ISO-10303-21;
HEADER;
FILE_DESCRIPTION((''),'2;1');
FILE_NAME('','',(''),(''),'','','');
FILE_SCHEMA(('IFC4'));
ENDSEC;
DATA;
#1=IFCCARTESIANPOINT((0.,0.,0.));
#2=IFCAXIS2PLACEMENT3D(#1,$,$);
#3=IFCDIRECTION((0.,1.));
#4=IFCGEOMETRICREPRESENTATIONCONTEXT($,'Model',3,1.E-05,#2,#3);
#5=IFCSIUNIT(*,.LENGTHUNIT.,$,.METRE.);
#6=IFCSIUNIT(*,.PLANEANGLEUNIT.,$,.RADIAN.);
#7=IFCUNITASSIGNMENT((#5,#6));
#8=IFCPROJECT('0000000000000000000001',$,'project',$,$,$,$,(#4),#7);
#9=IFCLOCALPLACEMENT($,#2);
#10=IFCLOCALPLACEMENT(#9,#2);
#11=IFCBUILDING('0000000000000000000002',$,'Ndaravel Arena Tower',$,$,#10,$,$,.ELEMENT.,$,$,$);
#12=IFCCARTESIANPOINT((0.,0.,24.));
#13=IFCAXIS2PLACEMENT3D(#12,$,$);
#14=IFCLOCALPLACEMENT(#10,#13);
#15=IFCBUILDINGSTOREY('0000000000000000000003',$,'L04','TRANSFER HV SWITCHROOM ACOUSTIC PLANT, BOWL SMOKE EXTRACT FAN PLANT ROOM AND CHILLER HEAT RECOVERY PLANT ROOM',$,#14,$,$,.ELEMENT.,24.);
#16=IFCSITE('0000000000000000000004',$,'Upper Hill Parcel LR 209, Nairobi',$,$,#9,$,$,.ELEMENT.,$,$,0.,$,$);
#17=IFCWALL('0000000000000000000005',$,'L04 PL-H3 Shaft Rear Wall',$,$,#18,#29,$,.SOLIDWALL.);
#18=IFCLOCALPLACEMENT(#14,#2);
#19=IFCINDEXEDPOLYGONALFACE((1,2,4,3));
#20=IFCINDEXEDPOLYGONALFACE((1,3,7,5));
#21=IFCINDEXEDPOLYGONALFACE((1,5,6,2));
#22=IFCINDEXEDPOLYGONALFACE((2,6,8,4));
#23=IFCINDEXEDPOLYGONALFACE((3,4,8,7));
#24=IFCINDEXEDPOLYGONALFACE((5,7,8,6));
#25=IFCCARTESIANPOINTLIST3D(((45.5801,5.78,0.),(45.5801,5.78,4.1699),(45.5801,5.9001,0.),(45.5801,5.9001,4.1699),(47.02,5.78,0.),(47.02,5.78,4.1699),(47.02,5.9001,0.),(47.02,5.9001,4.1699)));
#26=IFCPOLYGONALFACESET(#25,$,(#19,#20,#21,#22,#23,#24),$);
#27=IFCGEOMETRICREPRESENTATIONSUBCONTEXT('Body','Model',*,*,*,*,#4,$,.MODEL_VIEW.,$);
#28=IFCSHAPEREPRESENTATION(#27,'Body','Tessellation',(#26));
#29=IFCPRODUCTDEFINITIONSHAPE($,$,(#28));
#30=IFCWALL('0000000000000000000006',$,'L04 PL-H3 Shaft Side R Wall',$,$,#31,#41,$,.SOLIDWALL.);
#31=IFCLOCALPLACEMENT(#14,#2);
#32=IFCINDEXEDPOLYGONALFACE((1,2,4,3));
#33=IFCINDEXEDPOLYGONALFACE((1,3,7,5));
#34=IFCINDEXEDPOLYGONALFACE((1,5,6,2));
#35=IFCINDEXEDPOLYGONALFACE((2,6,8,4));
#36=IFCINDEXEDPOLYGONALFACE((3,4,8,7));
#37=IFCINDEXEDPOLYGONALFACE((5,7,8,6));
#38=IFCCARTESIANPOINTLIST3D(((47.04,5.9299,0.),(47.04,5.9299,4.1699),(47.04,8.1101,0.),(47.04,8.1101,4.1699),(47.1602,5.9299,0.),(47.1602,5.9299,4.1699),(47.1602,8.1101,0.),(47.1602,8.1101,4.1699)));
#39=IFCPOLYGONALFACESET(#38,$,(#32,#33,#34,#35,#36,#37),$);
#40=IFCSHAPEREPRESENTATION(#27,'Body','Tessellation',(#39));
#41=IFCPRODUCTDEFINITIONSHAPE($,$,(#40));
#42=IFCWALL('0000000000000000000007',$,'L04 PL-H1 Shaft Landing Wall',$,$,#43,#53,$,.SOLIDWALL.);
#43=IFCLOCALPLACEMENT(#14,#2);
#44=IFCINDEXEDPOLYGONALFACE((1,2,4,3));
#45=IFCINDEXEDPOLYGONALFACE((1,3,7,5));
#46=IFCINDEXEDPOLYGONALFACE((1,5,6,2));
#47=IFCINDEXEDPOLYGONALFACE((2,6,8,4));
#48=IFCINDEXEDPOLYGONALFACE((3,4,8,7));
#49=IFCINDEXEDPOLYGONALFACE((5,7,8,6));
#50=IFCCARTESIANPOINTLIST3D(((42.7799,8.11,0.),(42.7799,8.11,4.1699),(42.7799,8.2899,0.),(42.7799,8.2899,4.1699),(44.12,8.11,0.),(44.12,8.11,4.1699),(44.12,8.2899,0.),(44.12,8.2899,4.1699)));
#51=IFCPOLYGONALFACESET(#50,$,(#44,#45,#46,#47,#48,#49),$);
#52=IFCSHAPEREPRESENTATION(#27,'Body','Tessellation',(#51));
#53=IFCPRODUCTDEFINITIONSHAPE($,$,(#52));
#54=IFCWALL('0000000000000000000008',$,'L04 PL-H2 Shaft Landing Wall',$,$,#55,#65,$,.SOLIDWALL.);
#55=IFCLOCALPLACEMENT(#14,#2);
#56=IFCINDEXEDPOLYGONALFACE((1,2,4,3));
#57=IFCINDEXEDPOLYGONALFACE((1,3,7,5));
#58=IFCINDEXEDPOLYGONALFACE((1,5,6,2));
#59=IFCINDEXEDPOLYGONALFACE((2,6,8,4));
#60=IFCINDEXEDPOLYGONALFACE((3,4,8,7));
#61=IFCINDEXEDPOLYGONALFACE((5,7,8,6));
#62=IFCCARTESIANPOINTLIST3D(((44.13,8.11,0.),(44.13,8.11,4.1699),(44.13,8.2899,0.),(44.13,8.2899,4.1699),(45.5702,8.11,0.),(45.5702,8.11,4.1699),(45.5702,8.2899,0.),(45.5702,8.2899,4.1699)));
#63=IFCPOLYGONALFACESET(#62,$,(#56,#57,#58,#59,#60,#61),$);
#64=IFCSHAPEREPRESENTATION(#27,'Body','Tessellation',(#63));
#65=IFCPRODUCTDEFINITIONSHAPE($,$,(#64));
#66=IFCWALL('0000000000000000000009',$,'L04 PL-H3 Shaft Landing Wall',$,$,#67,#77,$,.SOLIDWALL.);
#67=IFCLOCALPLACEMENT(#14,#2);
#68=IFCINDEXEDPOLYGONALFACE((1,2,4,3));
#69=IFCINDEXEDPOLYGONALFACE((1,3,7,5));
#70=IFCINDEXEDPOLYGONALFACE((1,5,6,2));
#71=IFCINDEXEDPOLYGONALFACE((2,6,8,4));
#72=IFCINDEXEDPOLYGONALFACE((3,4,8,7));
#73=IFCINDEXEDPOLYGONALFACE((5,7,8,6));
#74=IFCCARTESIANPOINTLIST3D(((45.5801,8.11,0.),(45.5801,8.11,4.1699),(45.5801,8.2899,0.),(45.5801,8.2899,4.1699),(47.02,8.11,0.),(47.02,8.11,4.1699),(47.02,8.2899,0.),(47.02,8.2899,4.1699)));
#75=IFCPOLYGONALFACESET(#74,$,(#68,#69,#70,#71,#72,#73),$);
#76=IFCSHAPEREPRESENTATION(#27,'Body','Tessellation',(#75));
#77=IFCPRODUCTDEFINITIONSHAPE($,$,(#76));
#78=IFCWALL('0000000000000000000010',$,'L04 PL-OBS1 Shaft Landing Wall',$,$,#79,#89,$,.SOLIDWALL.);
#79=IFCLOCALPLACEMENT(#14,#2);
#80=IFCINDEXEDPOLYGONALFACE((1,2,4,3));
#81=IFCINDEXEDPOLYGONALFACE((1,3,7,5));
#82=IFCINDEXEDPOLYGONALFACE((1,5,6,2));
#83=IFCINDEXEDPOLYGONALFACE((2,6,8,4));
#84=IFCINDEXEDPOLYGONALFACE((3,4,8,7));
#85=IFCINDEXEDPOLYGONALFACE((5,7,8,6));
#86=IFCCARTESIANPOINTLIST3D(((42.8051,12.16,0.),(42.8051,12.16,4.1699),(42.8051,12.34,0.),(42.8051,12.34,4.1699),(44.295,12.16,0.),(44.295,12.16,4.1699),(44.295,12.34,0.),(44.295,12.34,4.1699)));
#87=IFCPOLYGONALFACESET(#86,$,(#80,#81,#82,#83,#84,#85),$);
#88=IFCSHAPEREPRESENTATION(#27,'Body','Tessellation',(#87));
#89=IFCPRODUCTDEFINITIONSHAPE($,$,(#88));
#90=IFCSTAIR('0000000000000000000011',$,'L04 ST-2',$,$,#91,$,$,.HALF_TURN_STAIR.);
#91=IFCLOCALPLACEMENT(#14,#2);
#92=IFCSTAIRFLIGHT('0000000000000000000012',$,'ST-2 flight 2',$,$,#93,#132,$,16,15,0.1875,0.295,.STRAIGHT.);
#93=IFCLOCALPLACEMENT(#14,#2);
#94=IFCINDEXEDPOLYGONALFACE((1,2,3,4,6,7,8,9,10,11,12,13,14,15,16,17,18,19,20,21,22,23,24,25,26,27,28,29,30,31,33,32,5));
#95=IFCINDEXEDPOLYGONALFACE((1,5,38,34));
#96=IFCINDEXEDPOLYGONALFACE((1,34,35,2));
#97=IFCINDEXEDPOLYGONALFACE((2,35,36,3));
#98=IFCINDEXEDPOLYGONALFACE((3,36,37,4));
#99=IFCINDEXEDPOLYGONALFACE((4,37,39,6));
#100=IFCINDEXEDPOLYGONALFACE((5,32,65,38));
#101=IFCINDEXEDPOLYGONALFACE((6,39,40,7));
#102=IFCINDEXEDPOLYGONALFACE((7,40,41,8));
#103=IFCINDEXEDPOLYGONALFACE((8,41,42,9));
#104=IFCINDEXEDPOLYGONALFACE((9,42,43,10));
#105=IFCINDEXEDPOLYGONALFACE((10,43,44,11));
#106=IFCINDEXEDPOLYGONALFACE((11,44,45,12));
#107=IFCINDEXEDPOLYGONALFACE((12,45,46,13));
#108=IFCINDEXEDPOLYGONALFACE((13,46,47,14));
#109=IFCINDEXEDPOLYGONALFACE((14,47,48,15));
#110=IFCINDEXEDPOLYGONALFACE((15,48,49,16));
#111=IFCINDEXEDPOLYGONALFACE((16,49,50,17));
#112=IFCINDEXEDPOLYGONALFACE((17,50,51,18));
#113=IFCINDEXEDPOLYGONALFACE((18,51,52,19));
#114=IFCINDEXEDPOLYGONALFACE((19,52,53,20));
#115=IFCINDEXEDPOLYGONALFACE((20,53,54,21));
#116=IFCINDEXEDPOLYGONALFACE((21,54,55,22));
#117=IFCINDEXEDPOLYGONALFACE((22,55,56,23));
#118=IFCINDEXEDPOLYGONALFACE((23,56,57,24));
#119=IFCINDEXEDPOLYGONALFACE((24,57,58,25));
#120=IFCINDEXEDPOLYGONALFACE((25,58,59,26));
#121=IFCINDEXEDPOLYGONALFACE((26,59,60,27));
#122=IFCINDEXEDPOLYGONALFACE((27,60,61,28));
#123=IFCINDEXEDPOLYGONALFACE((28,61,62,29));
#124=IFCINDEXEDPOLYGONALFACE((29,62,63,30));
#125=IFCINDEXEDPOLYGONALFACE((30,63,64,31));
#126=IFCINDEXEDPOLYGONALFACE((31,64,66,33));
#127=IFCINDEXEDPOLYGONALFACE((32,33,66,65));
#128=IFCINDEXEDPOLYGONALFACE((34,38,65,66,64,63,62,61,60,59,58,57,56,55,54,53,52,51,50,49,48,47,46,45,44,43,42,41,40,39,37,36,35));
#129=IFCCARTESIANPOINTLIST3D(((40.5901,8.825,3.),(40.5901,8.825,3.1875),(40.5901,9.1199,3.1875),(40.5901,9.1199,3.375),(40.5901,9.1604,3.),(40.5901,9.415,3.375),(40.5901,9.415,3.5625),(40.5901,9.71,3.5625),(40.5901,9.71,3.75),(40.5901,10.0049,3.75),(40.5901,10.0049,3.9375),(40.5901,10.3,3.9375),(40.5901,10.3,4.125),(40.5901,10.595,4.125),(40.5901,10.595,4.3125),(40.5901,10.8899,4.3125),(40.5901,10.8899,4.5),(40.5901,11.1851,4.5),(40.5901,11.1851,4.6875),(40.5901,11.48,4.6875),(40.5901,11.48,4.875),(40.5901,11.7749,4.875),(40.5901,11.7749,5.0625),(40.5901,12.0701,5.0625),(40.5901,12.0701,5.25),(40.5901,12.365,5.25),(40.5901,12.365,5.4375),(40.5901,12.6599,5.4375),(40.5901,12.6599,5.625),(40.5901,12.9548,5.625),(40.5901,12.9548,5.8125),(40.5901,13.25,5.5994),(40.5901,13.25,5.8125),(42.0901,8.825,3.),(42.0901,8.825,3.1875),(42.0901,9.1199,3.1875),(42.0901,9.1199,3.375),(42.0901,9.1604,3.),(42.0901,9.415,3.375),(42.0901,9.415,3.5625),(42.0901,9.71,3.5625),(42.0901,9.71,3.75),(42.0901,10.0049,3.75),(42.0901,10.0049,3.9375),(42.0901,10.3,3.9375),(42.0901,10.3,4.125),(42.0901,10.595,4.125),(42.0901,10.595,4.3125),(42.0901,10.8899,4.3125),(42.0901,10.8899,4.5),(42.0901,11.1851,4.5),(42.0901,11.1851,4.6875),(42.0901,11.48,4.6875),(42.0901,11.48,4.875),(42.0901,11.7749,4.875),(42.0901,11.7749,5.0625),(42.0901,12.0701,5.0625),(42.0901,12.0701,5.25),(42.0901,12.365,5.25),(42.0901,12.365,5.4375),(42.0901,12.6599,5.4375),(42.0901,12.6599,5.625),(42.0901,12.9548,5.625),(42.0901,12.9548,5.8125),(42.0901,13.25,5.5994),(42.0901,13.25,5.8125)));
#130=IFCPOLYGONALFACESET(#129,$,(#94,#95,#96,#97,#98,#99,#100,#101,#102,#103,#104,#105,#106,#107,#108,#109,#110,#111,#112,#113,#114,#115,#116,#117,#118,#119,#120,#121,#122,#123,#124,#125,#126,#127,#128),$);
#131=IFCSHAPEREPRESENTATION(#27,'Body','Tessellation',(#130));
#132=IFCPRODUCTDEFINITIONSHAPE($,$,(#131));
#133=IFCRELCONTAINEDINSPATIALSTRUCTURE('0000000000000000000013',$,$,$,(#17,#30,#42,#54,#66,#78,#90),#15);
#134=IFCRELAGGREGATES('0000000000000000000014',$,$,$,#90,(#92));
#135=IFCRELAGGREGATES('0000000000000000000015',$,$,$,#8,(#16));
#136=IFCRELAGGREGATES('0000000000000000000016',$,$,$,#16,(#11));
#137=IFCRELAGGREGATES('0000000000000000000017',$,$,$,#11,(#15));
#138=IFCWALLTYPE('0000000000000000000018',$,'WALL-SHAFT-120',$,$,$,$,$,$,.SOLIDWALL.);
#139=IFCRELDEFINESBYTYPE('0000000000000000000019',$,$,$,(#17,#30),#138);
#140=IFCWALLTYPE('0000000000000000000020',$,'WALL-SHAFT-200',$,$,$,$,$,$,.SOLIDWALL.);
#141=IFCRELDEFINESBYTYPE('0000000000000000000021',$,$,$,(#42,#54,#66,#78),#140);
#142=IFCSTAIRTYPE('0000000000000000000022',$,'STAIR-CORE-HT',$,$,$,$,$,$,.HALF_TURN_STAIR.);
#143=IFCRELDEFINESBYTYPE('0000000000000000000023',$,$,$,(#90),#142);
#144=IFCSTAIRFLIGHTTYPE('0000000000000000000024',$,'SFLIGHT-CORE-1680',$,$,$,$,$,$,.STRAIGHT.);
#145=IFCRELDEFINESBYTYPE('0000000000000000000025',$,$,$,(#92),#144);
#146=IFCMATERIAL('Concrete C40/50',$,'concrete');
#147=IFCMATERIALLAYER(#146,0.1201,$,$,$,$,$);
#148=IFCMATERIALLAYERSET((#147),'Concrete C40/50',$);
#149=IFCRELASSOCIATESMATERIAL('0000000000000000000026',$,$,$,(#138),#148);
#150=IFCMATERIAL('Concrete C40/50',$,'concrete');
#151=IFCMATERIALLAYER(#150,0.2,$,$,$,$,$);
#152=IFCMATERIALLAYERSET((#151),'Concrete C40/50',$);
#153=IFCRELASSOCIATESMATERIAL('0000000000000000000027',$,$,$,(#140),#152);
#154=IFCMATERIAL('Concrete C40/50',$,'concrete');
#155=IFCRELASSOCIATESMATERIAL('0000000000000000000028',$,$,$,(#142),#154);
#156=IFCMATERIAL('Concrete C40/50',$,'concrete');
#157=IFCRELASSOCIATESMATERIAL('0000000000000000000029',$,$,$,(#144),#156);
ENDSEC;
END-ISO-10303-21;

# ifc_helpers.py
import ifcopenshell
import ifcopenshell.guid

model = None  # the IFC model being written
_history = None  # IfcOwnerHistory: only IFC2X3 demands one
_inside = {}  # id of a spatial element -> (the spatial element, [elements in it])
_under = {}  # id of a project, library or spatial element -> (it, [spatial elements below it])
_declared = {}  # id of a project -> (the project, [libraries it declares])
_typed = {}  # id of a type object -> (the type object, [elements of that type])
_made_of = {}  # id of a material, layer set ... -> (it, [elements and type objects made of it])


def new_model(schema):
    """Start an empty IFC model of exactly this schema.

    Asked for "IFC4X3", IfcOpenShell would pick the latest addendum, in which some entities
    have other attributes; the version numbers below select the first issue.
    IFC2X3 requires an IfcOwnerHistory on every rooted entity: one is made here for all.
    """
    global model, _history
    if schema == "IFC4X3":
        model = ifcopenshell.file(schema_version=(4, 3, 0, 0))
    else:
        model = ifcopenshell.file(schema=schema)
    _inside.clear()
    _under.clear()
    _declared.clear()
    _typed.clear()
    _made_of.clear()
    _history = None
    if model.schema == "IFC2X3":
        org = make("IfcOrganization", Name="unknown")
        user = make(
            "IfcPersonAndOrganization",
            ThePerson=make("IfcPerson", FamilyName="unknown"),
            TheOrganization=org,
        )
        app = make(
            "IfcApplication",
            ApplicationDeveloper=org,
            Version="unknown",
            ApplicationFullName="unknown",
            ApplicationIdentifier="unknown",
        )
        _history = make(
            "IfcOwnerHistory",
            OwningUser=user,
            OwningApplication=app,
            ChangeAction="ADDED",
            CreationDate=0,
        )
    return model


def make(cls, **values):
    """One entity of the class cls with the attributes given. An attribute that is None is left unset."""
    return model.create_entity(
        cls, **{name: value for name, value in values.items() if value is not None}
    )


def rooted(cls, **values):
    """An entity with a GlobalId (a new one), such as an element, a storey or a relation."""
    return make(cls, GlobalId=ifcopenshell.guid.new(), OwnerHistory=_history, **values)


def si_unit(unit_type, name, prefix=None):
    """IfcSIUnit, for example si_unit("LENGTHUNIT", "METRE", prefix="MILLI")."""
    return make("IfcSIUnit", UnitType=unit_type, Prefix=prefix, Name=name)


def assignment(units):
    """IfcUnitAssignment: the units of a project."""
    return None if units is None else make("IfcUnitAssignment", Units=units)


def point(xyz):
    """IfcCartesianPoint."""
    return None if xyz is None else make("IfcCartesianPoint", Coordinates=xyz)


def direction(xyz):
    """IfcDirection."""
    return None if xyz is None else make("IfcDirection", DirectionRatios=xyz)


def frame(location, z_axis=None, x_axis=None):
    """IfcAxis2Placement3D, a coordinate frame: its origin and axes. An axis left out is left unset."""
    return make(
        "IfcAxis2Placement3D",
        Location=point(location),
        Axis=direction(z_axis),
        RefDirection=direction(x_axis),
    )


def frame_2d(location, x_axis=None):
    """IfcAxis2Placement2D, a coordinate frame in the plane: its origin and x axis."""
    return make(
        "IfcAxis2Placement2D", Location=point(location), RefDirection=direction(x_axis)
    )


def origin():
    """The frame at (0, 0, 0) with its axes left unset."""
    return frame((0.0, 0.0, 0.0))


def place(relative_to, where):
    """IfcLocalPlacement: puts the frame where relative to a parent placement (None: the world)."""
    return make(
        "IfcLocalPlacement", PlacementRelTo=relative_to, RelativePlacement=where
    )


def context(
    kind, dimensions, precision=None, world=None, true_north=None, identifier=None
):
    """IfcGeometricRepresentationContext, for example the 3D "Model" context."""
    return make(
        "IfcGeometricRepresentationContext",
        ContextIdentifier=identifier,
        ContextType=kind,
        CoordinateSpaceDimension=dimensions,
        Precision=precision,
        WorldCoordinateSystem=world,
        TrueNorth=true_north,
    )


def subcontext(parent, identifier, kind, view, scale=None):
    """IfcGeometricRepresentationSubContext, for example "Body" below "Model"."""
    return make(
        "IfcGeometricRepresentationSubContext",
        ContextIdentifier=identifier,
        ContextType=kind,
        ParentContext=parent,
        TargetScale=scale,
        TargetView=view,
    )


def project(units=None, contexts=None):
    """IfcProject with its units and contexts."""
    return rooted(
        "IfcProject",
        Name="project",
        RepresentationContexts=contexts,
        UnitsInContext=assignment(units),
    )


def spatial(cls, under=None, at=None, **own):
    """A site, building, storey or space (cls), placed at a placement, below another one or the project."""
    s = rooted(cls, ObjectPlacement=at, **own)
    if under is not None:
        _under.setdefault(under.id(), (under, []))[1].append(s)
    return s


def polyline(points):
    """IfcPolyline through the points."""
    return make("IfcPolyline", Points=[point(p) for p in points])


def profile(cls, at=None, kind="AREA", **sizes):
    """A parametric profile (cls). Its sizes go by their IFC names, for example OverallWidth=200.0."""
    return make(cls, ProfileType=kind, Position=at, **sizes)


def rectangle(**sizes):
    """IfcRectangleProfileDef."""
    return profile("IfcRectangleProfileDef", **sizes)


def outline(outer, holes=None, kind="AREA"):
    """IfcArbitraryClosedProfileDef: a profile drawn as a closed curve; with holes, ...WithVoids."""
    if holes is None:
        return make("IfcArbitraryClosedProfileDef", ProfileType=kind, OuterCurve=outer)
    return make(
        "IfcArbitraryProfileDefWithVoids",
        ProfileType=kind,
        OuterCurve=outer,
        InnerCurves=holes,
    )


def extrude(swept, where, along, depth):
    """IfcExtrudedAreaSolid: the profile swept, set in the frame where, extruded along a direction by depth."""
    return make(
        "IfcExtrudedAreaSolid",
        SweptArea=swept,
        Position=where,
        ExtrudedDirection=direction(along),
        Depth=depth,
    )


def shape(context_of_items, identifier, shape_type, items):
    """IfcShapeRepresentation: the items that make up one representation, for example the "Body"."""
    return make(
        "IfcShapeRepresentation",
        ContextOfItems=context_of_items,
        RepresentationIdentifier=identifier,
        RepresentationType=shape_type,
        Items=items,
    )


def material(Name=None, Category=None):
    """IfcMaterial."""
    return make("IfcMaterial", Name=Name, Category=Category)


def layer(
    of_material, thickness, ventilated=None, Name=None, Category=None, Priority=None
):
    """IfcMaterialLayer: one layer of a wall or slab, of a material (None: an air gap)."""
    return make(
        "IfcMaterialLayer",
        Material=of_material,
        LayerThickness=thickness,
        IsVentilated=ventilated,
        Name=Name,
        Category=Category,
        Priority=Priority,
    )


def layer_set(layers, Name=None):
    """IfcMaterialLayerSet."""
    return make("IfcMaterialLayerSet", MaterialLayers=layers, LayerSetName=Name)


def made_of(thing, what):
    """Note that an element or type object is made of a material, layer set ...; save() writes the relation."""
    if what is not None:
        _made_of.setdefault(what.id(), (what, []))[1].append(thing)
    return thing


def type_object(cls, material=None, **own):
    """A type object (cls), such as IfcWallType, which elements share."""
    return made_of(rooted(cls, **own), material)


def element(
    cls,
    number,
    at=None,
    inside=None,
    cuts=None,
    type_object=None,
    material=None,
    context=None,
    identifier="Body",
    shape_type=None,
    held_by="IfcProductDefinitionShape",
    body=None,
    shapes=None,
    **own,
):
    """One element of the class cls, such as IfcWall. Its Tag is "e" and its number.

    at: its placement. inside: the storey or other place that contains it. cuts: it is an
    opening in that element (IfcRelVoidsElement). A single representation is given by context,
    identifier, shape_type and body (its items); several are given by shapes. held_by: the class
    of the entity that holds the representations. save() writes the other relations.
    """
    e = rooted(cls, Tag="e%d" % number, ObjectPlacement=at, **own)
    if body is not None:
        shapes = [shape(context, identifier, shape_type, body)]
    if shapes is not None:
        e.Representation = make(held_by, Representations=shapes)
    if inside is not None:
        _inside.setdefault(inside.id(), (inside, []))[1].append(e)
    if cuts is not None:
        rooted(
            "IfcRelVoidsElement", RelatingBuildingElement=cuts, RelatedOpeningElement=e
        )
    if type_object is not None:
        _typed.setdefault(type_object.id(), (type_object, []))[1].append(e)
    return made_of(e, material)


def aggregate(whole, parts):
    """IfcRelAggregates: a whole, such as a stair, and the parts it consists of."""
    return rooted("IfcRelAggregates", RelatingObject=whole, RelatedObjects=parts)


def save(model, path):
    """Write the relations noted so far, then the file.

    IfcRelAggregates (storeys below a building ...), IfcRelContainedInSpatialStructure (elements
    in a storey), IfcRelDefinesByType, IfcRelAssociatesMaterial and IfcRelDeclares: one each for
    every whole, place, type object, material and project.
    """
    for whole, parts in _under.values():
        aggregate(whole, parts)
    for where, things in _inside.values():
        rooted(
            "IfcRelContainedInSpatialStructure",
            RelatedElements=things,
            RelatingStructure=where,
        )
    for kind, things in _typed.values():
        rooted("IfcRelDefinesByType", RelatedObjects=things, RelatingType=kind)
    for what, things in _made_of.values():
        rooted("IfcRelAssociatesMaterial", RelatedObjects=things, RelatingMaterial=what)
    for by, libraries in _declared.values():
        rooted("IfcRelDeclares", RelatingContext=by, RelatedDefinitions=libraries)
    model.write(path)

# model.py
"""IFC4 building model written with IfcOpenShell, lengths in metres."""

from ifc_helpers import new_model, si_unit, direction, frame, frame_2d, origin, place, context, subcontext, project, spatial, polyline, rectangle, outline, extrude, material, layer, layer_set, type_object, element, aggregate, save


model = new_model("IFC4")

# Units and contexts
model_context = context("Model", 3, precision=1e-05, world=origin(), true_north=direction((0.0, 1.0)))
body_context = subcontext(model_context, "Body", "Model", "MODEL_VIEW")
ifc_project = project(units=[si_unit("LENGTHUNIT", "METRE"), si_unit("PLANEANGLEUNIT", "RADIAN")], contexts=[model_context])

# Site, building, storey
site_placement = place(None, origin())
site = spatial("IfcSite", under=ifc_project, at=site_placement, Name="Upper Hill Parcel LR 209, Nairobi", CompositionType="ELEMENT", RefElevation=0.0)
building_placement = place(site_placement, origin())
building = spatial("IfcBuilding", under=site, at=building_placement, Name="Ndaravel Arena Tower", CompositionType="ELEMENT")
storey_placement = place(building_placement, frame((0.0, 0.0, 24.0)))
storey = spatial("IfcBuildingStorey", under=building, at=storey_placement, Name="L04", Description="TRANSFER HV SWITCHROOM ACOUSTIC PLANT, BOWL SMOKE EXTRACT FAN PLANT ROOM AND CHILLER HEAT RECOVERY PLANT ROOM", CompositionType="ELEMENT", Elevation=24.0)

# Walls
ifc_material_1 = material(Name="Concrete C40/50", Category="concrete")
ifc_layer_1 = layer(ifc_material_1, 0.1201)
ifc_layer_set_1 = layer_set([ifc_layer_1], Name="Concrete C40/50")
wall_type_1 = type_object("IfcWallType", Name="WALL-SHAFT-120", PredefinedType="SOLIDWALL", material=ifc_layer_set_1)
wall_1_placement = place(storey_placement, frame((45.5801, 5.8401, 0.0), z_axis=(0.0, 0.0, 1.0), x_axis=(1.0, 0.0, 0.0)))
element("IfcWall", 1, at=wall_1_placement, inside=storey, type_object=wall_type_1, Name="L04 PL-H3 Shaft Rear Wall", PredefinedType="SOLIDWALL", context=body_context, shape_type="SweptSolid", body=[
    extrude(rectangle(XDim=1.4399, YDim=0.1201, at=frame_2d((0.72, 0.0))), origin(), (0.0, 0.0, 1.0), 4.1699),
])
wall_2_placement = place(storey_placement, frame((47.1001, 5.9299, 0.0), z_axis=(0.0, 0.0, 1.0), x_axis=(0.0, 1.0, 0.0)))
element("IfcWall", 2, at=wall_2_placement, inside=storey, type_object=wall_type_1, Name="L04 PL-H3 Shaft Side R Wall", PredefinedType="SOLIDWALL", context=body_context, shape_type="SweptSolid", body=[
    extrude(rectangle(XDim=2.1802, YDim=0.1201, at=frame_2d((1.0901, 0.0))), origin(), (0.0, 0.0, 1.0), 4.1699),
])
ifc_material_2 = material(Name="Concrete C40/50", Category="concrete")
ifc_layer_2 = layer(ifc_material_2, 0.2)
ifc_layer_set_2 = layer_set([ifc_layer_2], Name="Concrete C40/50")
wall_type_2 = type_object("IfcWallType", Name="WALL-SHAFT-200", PredefinedType="SOLIDWALL", material=ifc_layer_set_2)
wall_3_placement = place(storey_placement, frame((42.78, 8.2, 0.0), z_axis=(0.0, 0.0, 1.0), x_axis=(1.0, 0.0, 0.0)))
element("IfcWall", 3, at=wall_3_placement, inside=storey, type_object=wall_type_2, Name="L04 PL-H1 Shaft Landing Wall", PredefinedType="SOLIDWALL", context=body_context, shape_type="SweptSolid", body=[
    extrude(rectangle(XDim=1.3401, YDim=0.1799, at=frame_2d((0.6699, 0.0))), origin(), (0.0, 0.0, 1.0), 4.1699),
])
wall_4_placement = place(storey_placement, frame((44.1299, 8.2, 0.0), z_axis=(0.0, 0.0, 1.0), x_axis=(1.0, 0.0, 0.0)))
element("IfcWall", 4, at=wall_4_placement, inside=storey, type_object=wall_type_2, Name="L04 PL-H2 Shaft Landing Wall", PredefinedType="SOLIDWALL", context=body_context, shape_type="SweptSolid", body=[
    extrude(rectangle(XDim=1.4402, YDim=0.1799, at=frame_2d((0.7202, 0.0))), origin(), (0.0, 0.0, 1.0), 4.1699),
])
wall_5_placement = place(storey_placement, frame((45.5801, 8.2, 0.0), z_axis=(0.0, 0.0, 1.0), x_axis=(1.0, 0.0, 0.0)))
element("IfcWall", 5, at=wall_5_placement, inside=storey, type_object=wall_type_2, Name="L04 PL-H3 Shaft Landing Wall", PredefinedType="SOLIDWALL", context=body_context, shape_type="SweptSolid", body=[
    extrude(rectangle(XDim=1.4399, YDim=0.1799, at=frame_2d((0.72, 0.0))), origin(), (0.0, 0.0, 1.0), 4.1699),
])
wall_6_placement = place(storey_placement, frame((42.8049, 12.25, 0.0), z_axis=(0.0, 0.0, 1.0), x_axis=(1.0, 0.0, 0.0)))
element("IfcWall", 6, at=wall_6_placement, inside=storey, type_object=wall_type_2, Name="L04 PL-OBS1 Shaft Landing Wall", PredefinedType="SOLIDWALL", context=body_context, shape_type="SweptSolid", body=[
    extrude(rectangle(XDim=1.49, YDim=0.1799, at=frame_2d((0.7451, 0.0))), origin(), (0.0, 0.0, 1.0), 4.1699),
])

# Stair, stair flight
ifc_material_3 = material(Name="Concrete C40/50", Category="concrete")
stair_type = type_object("IfcStairType", Name="STAIR-CORE-HT", PredefinedType="HALF_TURN_STAIR", material=ifc_material_3)
stair_placement = place(storey_placement, origin())
stair = element("IfcStair", 7, at=stair_placement, inside=storey, type_object=stair_type, Name="L04 ST-2", PredefinedType="HALF_TURN_STAIR")
ifc_material_4 = material(Name="Concrete C40/50", Category="concrete")
stair_flight_type = type_object("IfcStairFlightType", Name="SFLIGHT-CORE-1680", PredefinedType="STRAIGHT", material=ifc_material_4)
stair_flight_placement = place(storey_placement, frame((41.3401, 8.825, 3.0), z_axis=(0.0, 0.0, 1.0), x_axis=(0.0, 1.0, 0.0)))
stair_flight = element("IfcStairFlight", 8, at=stair_flight_placement, type_object=stair_flight_type, Name="ST-2 flight 2", NumberOfRisers=16, NumberOfTreads=15, PredefinedType="STRAIGHT", RiserHeight=0.1875, TreadLength=0.295, context=body_context, shape_type="SweptSolid", body=[
    extrude(outline(polyline([(0.0, 0.0), (0.0, 0.1875), (0.2949, 0.1875), (0.2949, 0.375), (0.5901, 0.375), (0.5901, 0.5625), (0.885, 0.5625), (0.885, 0.75), (1.1799, 0.75), (1.1799, 0.9375), (1.4751, 0.9375), (1.4751, 1.125), (1.77, 1.125), (1.77, 1.3125), (2.0649, 1.3125), (2.0649, 1.5), (2.3601, 1.5), (2.3601, 1.6875), (2.655, 1.6875), (2.655, 1.875), (2.95, 1.875), (2.95, 2.0625), (3.2451, 2.0625), (3.2451, 2.25), (3.54, 2.25), (3.54, 2.4375), (3.835, 2.4375), (3.835, 2.625), (4.1299, 2.625), (4.1299, 2.8125), (4.425, 2.8125), (4.425, 3.0), (4.425, 2.5994), (0.3354, 0.0), (0.0, 0.0)])), frame((0.0, 0.75, 0.0), z_axis=(0.0, -1.0, 0.0), x_axis=(1.0, 0.0, 0.0)), (0.0, 0.0, 1.0), 1.5),
])
aggregate(stair, [stair_flight])

save(model, "model.ifc")
